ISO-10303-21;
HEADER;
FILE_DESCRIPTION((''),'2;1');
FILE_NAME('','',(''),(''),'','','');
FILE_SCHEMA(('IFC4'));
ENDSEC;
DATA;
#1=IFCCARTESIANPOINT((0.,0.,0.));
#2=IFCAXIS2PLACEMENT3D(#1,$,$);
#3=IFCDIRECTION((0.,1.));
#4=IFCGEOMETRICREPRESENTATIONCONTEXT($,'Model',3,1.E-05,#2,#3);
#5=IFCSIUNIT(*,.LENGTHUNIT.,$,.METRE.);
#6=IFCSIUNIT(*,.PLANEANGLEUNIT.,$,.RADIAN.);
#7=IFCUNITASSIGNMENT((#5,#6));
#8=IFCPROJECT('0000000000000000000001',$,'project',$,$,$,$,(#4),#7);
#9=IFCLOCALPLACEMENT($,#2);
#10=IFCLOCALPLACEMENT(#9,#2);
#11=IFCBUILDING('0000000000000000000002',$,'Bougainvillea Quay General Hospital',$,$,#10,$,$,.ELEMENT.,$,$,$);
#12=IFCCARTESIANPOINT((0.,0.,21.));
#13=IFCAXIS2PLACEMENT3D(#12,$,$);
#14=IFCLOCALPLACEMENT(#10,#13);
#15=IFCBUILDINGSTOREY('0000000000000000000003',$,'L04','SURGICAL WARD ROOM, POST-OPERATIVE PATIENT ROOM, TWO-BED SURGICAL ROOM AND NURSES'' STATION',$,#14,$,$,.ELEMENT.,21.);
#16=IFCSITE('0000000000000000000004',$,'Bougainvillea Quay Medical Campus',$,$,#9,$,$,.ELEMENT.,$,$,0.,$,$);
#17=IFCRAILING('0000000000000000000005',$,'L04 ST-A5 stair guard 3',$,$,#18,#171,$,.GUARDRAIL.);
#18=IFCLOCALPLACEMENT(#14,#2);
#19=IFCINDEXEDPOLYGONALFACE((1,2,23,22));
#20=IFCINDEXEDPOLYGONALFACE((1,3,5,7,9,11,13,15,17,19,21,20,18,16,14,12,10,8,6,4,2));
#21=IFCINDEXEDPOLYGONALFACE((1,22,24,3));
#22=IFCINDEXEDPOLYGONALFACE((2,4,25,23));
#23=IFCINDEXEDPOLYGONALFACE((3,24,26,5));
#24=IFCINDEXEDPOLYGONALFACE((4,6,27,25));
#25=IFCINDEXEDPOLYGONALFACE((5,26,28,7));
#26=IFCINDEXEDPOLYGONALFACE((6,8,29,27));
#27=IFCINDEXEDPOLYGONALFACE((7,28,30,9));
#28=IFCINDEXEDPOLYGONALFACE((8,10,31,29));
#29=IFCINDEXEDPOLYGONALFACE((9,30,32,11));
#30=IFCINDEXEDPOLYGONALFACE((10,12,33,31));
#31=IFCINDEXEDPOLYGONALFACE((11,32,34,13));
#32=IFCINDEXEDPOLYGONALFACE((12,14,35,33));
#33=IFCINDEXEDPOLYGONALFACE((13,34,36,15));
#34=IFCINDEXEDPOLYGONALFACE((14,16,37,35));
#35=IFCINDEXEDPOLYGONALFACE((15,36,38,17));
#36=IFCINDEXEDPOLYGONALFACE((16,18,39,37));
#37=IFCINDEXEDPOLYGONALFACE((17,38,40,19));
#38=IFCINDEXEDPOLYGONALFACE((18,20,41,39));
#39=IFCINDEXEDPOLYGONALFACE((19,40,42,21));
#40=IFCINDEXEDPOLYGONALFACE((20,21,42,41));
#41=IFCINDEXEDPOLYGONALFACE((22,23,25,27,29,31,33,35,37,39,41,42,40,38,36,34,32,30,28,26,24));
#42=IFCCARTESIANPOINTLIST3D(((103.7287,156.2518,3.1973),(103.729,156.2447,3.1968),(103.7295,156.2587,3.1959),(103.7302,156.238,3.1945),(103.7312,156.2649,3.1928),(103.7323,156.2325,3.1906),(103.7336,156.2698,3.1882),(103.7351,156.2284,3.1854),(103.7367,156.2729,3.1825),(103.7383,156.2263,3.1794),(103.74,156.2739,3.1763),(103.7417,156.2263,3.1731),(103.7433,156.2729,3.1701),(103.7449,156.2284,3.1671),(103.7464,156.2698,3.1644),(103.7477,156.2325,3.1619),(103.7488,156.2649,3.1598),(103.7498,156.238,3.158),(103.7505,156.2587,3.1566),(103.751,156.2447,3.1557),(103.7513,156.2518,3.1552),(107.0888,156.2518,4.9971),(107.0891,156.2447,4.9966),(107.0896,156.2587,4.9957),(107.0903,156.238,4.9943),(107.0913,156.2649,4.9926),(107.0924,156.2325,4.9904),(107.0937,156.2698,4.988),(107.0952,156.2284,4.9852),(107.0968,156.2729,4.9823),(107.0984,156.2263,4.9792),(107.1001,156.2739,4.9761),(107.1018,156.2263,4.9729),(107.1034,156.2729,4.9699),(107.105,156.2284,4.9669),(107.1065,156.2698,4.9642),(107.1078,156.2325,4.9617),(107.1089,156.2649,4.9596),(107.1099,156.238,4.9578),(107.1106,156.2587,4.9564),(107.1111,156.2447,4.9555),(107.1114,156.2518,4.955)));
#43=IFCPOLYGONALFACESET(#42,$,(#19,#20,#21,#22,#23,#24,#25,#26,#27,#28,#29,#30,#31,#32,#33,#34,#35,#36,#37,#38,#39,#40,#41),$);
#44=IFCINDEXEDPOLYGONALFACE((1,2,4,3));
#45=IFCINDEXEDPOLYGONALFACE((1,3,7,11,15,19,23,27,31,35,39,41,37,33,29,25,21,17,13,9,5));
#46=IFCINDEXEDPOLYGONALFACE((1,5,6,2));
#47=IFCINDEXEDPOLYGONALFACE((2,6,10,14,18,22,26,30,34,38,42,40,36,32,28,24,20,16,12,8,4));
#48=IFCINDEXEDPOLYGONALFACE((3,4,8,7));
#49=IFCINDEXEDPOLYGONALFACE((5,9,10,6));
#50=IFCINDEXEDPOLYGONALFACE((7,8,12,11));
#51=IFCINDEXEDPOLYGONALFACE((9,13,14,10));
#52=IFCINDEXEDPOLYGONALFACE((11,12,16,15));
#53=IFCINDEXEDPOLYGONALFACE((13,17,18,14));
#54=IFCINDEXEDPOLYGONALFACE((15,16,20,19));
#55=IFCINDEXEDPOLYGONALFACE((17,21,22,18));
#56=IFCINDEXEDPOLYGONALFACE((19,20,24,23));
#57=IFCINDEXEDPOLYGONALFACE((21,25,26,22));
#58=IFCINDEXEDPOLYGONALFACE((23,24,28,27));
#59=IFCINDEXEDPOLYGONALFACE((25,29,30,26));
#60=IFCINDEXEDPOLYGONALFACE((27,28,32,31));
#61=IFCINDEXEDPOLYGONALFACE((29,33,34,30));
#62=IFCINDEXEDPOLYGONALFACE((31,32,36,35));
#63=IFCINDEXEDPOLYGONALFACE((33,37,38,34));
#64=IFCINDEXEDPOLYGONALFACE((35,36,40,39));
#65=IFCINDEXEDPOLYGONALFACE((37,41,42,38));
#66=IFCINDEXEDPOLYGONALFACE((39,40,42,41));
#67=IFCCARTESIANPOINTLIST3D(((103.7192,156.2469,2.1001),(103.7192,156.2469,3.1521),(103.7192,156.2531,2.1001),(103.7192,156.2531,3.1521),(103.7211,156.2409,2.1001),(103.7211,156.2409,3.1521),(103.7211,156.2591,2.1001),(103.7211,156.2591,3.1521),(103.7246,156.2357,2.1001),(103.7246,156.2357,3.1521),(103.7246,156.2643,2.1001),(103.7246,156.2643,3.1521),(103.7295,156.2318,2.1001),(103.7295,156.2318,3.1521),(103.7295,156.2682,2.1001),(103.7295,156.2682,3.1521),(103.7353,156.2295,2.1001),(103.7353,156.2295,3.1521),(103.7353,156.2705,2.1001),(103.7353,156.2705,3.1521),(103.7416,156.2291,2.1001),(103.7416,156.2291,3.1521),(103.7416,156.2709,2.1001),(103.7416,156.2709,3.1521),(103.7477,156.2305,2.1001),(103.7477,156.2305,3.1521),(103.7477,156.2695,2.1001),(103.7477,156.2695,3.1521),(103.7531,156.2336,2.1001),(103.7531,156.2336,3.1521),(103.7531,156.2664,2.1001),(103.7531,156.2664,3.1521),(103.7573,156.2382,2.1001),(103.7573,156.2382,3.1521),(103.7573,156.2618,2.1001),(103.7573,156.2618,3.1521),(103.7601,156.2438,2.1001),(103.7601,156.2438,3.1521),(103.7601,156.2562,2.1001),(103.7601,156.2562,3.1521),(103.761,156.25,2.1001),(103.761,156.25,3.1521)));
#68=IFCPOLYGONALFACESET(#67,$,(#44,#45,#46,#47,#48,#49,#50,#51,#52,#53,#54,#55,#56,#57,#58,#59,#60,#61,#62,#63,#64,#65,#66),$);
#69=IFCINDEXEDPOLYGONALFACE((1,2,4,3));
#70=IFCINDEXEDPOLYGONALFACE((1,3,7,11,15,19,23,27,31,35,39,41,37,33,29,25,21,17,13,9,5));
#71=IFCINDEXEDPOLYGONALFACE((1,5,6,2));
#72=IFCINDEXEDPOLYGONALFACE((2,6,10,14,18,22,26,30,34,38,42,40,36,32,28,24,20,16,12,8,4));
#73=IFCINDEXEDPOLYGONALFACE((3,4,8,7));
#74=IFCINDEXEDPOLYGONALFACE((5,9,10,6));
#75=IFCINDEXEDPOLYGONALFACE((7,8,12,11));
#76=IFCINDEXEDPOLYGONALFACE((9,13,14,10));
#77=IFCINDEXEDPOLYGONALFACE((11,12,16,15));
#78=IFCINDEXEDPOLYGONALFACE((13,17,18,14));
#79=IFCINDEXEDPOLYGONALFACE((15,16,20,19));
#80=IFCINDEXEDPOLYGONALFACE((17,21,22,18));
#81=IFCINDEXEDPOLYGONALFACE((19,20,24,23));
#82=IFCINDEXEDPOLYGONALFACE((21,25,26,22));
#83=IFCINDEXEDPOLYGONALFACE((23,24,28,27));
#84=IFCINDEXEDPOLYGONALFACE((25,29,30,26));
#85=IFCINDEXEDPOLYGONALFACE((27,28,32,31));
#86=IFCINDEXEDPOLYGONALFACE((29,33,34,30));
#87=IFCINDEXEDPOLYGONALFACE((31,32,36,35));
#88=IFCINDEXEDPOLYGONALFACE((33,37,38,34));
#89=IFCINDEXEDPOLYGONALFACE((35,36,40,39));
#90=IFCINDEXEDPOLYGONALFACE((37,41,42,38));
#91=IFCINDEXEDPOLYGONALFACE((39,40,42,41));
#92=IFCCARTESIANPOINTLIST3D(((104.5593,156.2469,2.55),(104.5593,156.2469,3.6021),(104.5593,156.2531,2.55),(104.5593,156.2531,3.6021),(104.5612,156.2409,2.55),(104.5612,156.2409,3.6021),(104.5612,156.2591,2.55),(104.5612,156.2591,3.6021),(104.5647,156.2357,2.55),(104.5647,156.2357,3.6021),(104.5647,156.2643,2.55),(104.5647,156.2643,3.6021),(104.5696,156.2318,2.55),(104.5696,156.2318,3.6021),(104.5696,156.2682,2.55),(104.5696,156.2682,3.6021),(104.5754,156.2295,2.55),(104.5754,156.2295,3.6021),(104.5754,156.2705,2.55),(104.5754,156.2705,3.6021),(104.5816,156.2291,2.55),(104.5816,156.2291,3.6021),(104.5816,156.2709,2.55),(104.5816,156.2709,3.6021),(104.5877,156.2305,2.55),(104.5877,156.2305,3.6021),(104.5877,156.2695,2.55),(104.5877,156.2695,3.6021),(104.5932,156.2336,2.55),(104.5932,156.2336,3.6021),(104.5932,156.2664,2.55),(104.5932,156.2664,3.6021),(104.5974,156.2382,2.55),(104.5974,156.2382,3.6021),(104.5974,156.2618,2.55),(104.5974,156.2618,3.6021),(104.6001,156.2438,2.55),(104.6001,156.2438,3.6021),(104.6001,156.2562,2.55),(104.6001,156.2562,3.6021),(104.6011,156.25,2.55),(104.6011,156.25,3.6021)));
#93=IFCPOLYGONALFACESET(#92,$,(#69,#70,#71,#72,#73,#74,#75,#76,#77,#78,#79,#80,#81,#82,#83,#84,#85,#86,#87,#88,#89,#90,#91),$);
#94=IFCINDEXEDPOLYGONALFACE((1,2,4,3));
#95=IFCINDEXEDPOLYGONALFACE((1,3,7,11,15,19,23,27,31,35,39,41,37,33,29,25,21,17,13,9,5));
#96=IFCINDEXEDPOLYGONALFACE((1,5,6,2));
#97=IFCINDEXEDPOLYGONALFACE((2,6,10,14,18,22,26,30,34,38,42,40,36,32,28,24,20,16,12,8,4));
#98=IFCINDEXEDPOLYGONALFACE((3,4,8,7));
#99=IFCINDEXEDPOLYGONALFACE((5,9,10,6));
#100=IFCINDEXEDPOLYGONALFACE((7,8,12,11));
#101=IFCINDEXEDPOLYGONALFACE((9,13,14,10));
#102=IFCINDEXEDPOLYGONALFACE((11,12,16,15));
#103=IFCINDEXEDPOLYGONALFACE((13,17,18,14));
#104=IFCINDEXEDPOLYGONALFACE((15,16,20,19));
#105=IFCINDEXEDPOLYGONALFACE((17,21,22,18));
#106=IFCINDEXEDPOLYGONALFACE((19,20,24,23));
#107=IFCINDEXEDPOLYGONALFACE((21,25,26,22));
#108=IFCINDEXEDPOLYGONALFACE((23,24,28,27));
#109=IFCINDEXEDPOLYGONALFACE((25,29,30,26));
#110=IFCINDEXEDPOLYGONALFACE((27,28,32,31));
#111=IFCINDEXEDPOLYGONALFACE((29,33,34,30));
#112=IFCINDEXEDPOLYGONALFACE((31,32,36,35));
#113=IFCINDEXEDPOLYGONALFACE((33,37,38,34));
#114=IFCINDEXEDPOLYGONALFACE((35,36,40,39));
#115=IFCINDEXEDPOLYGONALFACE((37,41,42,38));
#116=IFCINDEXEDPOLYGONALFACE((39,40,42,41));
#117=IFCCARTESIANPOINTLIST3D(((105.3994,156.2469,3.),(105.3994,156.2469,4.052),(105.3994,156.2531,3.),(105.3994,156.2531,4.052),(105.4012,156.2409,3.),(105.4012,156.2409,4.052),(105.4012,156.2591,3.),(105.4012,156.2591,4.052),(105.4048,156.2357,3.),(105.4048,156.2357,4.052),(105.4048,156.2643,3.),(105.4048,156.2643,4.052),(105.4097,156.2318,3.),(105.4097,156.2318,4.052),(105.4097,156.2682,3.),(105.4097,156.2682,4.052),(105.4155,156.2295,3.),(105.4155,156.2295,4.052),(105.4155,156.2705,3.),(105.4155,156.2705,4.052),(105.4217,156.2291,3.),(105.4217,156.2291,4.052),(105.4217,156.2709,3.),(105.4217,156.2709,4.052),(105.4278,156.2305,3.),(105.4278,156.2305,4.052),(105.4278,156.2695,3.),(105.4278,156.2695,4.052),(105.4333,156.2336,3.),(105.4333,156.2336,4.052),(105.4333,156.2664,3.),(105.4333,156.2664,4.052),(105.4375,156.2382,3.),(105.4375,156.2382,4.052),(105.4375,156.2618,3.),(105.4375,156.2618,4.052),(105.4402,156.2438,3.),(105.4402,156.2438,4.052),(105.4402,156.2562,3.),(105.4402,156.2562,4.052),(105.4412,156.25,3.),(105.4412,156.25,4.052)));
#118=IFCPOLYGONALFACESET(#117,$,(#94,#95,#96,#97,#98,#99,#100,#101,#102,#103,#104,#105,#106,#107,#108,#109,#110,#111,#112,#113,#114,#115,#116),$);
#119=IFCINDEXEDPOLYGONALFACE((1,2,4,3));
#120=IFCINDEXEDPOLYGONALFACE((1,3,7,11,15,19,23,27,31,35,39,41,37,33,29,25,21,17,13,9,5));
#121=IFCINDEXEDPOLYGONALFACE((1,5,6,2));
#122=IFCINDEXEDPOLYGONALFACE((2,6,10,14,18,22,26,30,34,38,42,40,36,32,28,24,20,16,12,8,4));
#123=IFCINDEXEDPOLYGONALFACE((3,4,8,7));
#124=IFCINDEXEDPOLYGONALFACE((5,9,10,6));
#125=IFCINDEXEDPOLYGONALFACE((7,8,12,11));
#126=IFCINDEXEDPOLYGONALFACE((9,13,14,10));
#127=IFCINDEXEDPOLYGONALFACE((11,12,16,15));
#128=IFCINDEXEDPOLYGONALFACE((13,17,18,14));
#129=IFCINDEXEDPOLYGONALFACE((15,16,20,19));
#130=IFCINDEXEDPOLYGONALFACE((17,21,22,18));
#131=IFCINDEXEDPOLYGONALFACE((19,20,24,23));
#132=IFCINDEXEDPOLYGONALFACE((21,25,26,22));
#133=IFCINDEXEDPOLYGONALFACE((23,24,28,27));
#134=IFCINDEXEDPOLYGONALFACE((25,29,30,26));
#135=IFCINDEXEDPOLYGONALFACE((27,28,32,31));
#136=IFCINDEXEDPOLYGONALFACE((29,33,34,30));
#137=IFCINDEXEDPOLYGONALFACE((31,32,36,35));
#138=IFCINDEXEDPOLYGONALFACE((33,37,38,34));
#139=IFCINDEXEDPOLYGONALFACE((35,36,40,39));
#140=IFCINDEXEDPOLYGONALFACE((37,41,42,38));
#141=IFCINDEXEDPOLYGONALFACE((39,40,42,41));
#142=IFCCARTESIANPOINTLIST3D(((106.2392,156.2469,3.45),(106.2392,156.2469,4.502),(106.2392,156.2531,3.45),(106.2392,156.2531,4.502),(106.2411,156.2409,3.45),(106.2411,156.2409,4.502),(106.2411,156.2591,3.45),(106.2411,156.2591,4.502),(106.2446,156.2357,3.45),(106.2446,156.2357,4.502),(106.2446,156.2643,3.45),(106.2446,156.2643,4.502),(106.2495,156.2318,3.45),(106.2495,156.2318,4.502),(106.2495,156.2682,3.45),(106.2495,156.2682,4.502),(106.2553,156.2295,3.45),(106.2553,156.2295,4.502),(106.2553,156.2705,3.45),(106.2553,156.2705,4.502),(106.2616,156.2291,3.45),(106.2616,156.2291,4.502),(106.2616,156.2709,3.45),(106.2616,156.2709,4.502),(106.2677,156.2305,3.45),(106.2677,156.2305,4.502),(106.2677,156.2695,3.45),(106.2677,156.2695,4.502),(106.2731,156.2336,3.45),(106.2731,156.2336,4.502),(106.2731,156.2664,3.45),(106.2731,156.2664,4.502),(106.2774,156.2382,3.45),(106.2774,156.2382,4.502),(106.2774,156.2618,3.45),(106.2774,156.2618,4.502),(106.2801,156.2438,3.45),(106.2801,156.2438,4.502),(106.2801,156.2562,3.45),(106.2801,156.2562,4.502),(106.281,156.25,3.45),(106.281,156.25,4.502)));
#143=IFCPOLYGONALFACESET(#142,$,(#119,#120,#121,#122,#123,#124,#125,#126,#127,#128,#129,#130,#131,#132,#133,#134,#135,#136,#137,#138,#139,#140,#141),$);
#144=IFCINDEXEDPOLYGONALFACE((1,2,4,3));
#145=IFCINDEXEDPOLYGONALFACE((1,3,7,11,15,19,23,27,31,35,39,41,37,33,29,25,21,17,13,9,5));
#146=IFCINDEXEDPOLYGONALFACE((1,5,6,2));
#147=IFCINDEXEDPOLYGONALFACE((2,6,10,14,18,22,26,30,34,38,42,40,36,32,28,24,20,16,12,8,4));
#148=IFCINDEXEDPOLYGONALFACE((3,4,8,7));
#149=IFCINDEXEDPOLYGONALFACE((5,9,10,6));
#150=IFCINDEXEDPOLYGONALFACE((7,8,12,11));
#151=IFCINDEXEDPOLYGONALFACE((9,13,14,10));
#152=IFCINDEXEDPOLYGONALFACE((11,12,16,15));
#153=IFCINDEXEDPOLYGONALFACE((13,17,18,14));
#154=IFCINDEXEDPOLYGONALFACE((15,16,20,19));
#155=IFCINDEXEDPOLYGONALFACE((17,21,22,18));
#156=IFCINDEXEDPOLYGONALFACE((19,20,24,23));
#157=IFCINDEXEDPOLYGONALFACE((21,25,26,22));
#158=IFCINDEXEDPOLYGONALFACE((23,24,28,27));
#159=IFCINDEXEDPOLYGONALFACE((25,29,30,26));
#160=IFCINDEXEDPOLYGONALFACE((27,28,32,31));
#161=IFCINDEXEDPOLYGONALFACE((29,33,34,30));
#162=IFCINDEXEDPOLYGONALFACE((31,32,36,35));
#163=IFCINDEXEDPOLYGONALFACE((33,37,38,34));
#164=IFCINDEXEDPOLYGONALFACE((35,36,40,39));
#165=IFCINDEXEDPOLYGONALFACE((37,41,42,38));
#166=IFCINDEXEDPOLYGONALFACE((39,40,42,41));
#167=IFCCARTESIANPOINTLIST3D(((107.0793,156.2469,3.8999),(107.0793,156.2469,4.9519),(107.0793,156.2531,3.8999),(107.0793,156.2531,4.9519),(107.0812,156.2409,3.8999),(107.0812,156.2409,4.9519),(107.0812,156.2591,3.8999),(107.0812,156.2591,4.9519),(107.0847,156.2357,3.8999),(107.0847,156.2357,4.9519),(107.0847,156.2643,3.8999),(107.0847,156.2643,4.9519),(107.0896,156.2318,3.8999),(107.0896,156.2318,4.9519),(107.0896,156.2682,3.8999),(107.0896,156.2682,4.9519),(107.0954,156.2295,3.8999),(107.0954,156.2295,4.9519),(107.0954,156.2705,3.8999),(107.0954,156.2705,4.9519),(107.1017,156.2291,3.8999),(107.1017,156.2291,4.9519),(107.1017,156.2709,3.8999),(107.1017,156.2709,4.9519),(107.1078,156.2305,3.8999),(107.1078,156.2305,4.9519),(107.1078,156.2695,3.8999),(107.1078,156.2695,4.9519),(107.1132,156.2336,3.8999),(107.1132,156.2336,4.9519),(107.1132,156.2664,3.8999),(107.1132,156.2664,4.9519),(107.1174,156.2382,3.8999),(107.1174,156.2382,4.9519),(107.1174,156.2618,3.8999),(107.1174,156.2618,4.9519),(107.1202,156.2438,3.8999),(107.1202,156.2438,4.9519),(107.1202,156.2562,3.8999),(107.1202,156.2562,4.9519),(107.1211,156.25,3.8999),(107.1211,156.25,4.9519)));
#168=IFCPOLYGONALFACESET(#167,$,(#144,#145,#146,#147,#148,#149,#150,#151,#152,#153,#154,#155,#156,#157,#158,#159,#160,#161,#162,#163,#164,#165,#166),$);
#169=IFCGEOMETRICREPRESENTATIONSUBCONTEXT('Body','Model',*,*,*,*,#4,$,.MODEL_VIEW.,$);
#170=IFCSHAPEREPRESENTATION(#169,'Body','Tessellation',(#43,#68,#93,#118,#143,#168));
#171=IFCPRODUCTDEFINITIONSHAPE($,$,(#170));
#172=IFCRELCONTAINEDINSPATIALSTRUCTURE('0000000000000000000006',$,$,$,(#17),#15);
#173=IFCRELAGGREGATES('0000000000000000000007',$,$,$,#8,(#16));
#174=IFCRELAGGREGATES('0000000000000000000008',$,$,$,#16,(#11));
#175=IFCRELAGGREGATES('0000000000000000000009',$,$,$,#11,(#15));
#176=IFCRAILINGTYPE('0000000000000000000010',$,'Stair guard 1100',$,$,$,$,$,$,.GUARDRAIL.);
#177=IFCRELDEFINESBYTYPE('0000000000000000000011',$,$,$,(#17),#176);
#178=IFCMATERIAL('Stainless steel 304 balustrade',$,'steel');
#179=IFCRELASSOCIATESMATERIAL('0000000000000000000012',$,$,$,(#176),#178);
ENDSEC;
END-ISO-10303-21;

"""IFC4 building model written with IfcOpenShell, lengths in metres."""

from ifc_helpers import new_model, si_unit, direction, frame, origin, origin_2d, place, context, subcontext, project, spatial, circle, extrude, material, type_object, element, save


model = new_model("IFC4")

# Units and contexts
model_context = context("Model", 3, precision=1e-05, world=origin(), true_north=direction((0.0, 1.0)))
body_context = subcontext(model_context, "Body", "Model", "MODEL_VIEW")
ifc_project = project(units=[si_unit("LENGTHUNIT", "METRE"), si_unit("PLANEANGLEUNIT", "RADIAN")], contexts=[model_context])

# Site, building, storey
site_placement = place(None, origin())
site = spatial("IfcSite", under=ifc_project, at=site_placement, Name="Bougainvillea Quay Medical Campus", CompositionType="ELEMENT", RefElevation=0.0)
building_placement = place(site_placement, origin())
building = spatial("IfcBuilding", under=site, at=building_placement, Name="Bougainvillea Quay General Hospital", CompositionType="ELEMENT")
storey_placement = place(building_placement, frame((0.0, 0.0, 21.0)))
storey = spatial("IfcBuildingStorey", under=building, at=storey_placement, Name="L04", Description="SURGICAL WARD ROOM, POST-OPERATIVE PATIENT ROOM, TWO-BED SURGICAL ROOM AND NURSES' STATION", CompositionType="ELEMENT", Elevation=21.0)

# Railing
ifc_material_1 = material(Name="Stainless steel 304 balustrade", Category="steel")
railing_type_1 = type_object("IfcRailingType", Name="Stair guard 1100", PredefinedType="GUARDRAIL", material=ifc_material_1)
railing_1_placement = place(storey_placement, frame((103.74, 156.25, 2.1001)))
element("IfcRailing", 1, at=railing_1_placement, inside=storey, type_object=railing_type_1, Name="L04 ST-A5 stair guard 3", PredefinedType="GUARDRAIL", context=body_context, shape_type="SweptSolid", body=[
    extrude(circle(Radius=0.0239, at=origin_2d()), frame((0.0, 0.0, 1.0762), z_axis=(0.881508, 0.0, 0.47217), x_axis=(0.0, 1.0, 0.0)), (0.0, 0.0, 1.0), 3.8118),
    extrude(circle(Radius=0.021, at=origin_2d()), origin(), (0.0, 0.0, 1.0), 1.052),
    extrude(circle(Radius=0.021, at=origin_2d()), frame((0.8401, 0.0, 0.45)), (0.0, 0.0, 1.0), 1.052),
    extrude(circle(Radius=0.021, at=origin_2d()), frame((1.6802, 0.0, 0.8999)), (0.0, 0.0, 1.0), 1.052),
    extrude(circle(Radius=0.021, at=origin_2d()), frame((2.52, 0.0, 1.3499)), (0.0, 0.0, 1.0), 1.052),
    extrude(circle(Radius=0.021, at=origin_2d()), frame((3.3601, 0.0, 1.7998)), (0.0, 0.0, 1.0), 1.052),
])

save(model, "model.ifc")
